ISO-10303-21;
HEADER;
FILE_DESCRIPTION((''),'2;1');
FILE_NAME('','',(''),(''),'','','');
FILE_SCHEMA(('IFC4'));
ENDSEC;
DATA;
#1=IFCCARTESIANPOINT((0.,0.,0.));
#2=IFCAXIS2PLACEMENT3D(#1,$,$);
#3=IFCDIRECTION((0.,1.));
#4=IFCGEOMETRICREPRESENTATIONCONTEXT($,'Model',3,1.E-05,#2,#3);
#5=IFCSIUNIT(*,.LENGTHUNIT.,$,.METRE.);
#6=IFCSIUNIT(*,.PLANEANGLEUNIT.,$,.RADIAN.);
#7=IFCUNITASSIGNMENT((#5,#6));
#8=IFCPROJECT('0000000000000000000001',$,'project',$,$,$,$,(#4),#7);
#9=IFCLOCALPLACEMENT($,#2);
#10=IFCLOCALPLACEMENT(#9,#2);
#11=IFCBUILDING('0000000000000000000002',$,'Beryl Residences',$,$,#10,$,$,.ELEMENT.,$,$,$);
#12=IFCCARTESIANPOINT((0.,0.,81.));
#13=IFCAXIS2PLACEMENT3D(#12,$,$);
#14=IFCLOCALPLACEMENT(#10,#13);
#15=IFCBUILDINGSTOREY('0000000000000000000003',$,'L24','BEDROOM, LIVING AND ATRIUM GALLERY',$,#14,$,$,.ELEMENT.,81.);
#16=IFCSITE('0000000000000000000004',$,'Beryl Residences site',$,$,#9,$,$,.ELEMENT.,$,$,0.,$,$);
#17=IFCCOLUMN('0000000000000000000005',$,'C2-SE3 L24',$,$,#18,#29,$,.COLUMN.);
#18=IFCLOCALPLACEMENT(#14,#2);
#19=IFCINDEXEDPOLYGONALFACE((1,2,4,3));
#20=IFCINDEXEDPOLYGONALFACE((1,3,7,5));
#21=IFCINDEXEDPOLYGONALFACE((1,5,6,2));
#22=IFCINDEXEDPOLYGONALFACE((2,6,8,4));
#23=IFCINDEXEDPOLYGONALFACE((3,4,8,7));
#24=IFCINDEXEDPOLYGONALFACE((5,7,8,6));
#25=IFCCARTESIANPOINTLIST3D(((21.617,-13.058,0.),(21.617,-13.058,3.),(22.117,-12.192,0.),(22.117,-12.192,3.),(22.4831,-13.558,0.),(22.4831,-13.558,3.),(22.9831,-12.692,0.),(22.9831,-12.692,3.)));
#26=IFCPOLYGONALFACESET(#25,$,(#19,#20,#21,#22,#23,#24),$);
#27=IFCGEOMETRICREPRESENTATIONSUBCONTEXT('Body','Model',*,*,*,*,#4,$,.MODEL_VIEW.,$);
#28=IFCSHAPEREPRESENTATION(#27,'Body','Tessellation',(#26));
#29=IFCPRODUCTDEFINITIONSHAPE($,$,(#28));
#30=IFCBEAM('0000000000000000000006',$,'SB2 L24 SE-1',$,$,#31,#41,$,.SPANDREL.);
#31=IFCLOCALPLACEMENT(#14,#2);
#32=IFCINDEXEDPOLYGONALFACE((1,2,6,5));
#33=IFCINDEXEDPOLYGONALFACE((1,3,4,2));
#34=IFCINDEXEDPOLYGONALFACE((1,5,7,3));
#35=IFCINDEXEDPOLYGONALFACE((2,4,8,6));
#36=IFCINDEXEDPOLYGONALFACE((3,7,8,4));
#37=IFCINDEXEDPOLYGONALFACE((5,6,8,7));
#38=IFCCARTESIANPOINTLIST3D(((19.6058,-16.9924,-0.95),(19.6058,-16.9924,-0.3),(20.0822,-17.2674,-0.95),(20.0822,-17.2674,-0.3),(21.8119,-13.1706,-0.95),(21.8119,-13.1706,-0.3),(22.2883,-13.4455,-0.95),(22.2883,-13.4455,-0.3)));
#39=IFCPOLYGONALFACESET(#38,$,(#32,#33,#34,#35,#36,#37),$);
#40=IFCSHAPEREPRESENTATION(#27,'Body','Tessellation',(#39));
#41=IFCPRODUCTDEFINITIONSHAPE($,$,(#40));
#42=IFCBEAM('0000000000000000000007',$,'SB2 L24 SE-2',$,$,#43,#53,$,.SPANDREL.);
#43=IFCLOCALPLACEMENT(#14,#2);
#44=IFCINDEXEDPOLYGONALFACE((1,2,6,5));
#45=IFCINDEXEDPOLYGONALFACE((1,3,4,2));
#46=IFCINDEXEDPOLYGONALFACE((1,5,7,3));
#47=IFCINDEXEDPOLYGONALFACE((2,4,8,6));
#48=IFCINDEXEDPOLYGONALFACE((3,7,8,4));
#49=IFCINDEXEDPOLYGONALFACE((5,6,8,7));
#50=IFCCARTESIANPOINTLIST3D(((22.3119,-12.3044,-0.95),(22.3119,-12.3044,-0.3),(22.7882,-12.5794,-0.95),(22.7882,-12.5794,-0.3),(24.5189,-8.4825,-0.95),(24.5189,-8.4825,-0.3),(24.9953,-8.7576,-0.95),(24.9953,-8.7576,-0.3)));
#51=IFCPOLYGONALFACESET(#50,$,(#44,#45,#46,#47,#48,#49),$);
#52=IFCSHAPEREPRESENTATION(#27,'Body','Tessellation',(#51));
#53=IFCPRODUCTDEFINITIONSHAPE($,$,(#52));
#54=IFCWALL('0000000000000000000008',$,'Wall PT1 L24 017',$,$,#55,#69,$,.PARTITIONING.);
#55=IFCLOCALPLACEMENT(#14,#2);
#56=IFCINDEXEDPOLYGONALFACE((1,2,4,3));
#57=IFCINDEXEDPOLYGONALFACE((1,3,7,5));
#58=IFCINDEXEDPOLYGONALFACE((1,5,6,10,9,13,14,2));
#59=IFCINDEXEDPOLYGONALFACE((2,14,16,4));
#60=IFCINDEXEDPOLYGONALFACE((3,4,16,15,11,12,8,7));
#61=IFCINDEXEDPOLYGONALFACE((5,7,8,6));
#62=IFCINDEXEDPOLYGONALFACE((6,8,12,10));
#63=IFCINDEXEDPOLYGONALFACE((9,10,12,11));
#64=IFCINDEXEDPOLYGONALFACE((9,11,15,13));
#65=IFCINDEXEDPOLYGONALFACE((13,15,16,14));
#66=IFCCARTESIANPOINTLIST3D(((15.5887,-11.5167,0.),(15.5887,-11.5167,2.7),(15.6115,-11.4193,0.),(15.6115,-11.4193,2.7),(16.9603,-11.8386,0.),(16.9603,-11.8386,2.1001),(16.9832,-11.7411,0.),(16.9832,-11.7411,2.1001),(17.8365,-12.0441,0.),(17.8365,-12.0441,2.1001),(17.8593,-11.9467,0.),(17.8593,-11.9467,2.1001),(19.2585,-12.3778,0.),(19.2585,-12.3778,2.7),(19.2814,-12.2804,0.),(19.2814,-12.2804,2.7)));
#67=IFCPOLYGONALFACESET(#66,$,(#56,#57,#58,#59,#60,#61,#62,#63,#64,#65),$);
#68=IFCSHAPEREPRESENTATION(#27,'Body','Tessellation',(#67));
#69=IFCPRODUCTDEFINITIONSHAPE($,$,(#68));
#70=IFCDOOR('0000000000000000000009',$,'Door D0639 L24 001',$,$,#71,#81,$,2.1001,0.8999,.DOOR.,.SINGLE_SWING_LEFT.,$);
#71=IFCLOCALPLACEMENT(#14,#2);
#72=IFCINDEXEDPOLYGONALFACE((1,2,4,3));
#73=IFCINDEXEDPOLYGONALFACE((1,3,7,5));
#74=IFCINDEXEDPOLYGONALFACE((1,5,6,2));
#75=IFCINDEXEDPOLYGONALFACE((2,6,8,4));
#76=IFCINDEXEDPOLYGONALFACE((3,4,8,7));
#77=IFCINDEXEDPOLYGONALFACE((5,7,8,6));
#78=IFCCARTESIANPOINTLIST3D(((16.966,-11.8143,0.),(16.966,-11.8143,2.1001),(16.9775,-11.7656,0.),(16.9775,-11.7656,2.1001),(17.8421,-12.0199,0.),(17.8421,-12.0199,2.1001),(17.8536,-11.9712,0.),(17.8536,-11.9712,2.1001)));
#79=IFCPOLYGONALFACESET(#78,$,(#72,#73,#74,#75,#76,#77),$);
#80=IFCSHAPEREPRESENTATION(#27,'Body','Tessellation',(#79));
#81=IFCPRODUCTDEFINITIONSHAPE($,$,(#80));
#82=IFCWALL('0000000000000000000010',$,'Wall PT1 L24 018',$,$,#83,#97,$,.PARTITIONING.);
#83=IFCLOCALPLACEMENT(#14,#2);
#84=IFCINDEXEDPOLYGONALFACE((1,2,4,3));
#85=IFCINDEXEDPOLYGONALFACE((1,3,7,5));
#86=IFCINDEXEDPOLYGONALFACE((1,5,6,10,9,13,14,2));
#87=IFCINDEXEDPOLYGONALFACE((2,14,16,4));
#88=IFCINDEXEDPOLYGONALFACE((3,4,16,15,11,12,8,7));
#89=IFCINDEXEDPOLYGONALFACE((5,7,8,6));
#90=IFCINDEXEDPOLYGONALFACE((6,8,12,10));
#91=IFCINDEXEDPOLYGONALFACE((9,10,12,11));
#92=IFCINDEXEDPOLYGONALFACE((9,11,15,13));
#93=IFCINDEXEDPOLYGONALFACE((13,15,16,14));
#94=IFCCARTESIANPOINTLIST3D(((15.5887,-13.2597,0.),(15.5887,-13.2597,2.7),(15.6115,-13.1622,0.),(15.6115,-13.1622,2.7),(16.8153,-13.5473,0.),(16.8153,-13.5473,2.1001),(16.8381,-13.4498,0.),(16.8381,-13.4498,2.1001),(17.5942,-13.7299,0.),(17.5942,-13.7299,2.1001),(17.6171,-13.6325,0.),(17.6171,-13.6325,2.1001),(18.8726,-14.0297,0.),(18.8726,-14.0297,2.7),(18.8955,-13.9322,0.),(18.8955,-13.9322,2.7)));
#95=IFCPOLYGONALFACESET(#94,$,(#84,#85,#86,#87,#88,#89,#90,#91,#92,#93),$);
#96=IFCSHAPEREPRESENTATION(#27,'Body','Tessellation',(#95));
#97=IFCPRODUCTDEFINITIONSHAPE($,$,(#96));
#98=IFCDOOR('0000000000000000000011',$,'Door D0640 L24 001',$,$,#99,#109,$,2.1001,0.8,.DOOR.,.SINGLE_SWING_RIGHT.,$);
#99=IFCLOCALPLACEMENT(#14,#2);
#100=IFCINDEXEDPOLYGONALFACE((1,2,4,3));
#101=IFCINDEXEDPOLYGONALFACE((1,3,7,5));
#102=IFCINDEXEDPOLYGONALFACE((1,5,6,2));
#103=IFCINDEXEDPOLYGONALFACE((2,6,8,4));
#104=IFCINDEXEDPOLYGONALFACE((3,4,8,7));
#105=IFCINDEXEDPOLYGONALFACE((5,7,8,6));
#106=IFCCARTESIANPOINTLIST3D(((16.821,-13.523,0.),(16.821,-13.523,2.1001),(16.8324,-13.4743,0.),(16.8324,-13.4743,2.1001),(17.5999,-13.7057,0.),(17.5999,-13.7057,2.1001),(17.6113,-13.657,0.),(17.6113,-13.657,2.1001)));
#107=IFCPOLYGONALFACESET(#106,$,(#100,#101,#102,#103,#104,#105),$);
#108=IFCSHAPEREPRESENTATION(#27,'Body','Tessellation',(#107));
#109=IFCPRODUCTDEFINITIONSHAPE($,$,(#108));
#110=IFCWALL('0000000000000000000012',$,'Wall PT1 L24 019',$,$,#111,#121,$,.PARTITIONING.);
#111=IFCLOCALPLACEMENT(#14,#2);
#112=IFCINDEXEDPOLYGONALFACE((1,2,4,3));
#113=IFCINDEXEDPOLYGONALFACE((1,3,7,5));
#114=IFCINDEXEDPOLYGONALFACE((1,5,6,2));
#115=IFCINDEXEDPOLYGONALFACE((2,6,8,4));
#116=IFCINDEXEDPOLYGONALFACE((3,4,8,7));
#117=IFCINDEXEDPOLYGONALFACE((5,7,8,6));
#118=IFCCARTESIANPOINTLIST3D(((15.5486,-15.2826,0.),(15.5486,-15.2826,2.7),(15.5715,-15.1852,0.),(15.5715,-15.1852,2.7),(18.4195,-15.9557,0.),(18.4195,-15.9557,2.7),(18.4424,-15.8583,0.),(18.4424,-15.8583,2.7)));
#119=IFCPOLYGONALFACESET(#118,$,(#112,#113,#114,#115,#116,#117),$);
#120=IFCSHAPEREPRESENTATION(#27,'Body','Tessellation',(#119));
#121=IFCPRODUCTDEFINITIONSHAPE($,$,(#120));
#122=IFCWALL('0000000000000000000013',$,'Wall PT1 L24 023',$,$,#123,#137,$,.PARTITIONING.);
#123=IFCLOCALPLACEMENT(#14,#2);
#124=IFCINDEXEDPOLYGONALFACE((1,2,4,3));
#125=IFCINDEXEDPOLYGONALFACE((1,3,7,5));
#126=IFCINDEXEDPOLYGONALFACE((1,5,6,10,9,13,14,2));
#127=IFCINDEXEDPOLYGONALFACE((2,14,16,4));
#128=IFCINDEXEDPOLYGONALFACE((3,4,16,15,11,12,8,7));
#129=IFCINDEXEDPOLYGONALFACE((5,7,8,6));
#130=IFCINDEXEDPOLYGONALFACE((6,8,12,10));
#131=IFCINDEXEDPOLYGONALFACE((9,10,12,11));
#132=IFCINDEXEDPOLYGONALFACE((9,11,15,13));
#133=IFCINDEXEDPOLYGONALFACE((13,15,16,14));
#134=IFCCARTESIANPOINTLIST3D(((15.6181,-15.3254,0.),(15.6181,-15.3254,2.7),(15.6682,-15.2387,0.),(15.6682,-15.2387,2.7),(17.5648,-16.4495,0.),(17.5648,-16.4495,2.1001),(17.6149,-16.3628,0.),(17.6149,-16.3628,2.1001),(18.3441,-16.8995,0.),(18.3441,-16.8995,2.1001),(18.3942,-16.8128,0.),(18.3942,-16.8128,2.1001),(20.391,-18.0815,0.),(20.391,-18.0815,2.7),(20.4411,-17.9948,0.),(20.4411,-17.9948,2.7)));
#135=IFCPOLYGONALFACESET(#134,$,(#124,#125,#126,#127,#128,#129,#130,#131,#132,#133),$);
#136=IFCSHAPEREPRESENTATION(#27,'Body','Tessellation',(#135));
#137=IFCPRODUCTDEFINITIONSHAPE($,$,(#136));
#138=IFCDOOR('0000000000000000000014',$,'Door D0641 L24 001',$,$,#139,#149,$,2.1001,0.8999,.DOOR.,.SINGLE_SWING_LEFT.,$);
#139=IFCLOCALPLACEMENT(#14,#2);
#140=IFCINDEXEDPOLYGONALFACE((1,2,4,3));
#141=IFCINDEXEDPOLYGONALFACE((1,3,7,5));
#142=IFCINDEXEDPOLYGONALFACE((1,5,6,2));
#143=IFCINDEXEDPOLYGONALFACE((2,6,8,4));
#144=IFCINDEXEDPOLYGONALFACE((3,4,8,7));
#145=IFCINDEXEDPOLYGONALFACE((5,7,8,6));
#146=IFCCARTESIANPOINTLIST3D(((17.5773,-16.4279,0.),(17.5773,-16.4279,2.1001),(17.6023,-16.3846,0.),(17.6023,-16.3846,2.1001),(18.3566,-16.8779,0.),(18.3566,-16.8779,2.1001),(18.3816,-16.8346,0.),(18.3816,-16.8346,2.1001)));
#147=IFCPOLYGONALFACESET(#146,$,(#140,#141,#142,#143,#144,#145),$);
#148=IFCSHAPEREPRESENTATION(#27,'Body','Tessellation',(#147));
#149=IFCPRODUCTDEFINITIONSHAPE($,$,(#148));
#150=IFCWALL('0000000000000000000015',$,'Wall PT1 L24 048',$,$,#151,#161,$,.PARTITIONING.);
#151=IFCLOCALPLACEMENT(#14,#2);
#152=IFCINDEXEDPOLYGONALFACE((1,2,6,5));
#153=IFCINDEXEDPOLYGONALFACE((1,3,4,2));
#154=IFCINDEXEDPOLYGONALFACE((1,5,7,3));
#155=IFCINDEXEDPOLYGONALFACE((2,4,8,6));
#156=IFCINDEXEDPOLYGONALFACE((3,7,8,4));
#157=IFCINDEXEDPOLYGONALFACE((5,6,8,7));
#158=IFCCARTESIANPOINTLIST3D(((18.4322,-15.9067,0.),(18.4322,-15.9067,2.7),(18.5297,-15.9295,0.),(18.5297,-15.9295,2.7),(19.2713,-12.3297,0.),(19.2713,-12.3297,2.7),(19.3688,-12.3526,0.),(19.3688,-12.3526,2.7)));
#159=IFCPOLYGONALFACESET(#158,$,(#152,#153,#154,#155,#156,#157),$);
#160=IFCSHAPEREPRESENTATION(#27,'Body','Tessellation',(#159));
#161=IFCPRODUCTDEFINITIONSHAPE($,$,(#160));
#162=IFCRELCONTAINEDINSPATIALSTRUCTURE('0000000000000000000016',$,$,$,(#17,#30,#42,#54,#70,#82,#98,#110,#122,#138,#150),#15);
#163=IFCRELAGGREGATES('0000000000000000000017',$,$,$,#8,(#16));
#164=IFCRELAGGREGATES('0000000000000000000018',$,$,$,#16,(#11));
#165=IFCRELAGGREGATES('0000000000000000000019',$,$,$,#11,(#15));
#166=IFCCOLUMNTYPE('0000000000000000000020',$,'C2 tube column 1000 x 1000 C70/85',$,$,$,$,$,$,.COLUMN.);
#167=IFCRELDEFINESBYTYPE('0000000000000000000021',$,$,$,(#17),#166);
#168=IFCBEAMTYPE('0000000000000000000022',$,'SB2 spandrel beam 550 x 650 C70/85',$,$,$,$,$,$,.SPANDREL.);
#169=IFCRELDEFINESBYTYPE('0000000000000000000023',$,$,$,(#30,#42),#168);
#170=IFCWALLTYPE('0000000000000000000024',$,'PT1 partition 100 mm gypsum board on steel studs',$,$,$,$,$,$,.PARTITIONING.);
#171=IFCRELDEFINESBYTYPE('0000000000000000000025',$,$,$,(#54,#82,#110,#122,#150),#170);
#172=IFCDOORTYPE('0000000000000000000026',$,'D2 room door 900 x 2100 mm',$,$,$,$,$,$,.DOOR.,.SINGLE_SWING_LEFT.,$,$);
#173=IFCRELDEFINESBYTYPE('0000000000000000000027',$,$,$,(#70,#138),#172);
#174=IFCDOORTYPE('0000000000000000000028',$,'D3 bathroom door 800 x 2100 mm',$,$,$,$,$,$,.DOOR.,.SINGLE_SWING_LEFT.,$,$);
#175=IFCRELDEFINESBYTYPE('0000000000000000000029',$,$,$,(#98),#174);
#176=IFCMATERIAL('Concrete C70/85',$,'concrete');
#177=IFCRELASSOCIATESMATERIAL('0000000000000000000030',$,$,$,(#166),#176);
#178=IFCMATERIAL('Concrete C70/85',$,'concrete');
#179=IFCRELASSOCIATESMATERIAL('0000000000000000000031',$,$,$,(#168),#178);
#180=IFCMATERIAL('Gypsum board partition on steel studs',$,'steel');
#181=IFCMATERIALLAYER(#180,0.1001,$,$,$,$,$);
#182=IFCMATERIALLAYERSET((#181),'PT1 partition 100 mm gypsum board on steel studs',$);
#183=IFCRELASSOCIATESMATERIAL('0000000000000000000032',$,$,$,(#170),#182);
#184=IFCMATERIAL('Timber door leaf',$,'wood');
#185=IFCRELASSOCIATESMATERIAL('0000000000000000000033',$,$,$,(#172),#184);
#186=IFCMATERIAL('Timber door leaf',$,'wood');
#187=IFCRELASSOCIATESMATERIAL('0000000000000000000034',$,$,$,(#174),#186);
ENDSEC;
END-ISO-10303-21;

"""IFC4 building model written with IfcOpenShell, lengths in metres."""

from ifc_helpers import new_model, si_unit, direction, frame, frame_2d, origin, origin_2d, place, context, subcontext, project, spatial, rectangle, extrude, material, layer, layer_set, material_profile, profile_set, type_object, element, fill, save


model = new_model("IFC4")

# Units and contexts
model_context = context("Model", 3, precision=1e-05, world=origin(), true_north=direction((0.0, 1.0)))
body_context = subcontext(model_context, "Body", "Model", "MODEL_VIEW")
ifc_project = project(units=[si_unit("LENGTHUNIT", "METRE"), si_unit("PLANEANGLEUNIT", "RADIAN")], contexts=[model_context])

# Site, building, storey
site_placement = place(None, origin())
site = spatial("IfcSite", under=ifc_project, at=site_placement, Name="Beryl Residences site", CompositionType="ELEMENT", RefElevation=0.0)
building_placement = place(site_placement, origin())
building = spatial("IfcBuilding", under=site, at=building_placement, Name="Beryl Residences", CompositionType="ELEMENT")
storey_placement = place(building_placement, frame((0.0, 0.0, 81.0)))
storey = spatial("IfcBuildingStorey", under=building, at=storey_placement, Name="L24", Description="BEDROOM, LIVING AND ATRIUM GALLERY", CompositionType="ELEMENT", Elevation=81.0)

# Column
ifc_material_1 = material(Name="Concrete C70/85", Category="concrete")
ifc_material_profile_1 = material_profile(ifc_material_1, rectangle(XDim=1.0, YDim=1.0, at=origin_2d()))
ifc_profile_set_1 = profile_set([ifc_material_profile_1], Name="Concrete C70/85")
column_type = type_object("IfcColumnType", Name="C2 tube column 1000 x 1000 C70/85", PredefinedType="COLUMN", material=ifc_profile_set_1)
column_placement = place(storey_placement, frame((22.3, -12.875, 0.0), z_axis=(0.0, 0.0, 1.0), x_axis=(0.5, 0.866025, 0.0)))
element("IfcColumn", 1, at=column_placement, inside=storey, type_object=column_type, Name="C2-SE3 L24", PredefinedType="COLUMN", context=body_context, shape_type="SweptSolid", body=[
    extrude(rectangle(XDim=1.0, YDim=1.0, at=origin_2d()), origin(), (0.0, 0.0, 1.0), 3.0),
])

# Beams
ifc_material_2 = material(Name="Concrete C70/85", Category="concrete")
ifc_material_profile_2 = material_profile(ifc_material_2, rectangle(XDim=0.55, YDim=0.6499, at=origin_2d()))
ifc_profile_set_2 = profile_set([ifc_material_profile_2], Name="Concrete C70/85")
beam_type = type_object("IfcBeamType", Name="SB2 spandrel beam 550 x 650 C70/85", PredefinedType="SPANDREL", material=ifc_profile_set_2)
beam_1_placement = place(storey_placement, frame((19.844, -17.1299, -0.625), z_axis=(0.499924, 0.86607, 0.0), x_axis=(-0.86607, 0.499924, 0.0)))
element("IfcBeam", 2, at=beam_1_placement, inside=storey, type_object=beam_type, Name="SB2 L24 SE-1", PredefinedType="SPANDREL", context=body_context, shape_type="SweptSolid", body=[
    extrude(rectangle(XDim=0.55, YDim=0.6499, at=origin_2d()), origin(), (0.0, 0.0, 1.0), 4.4128),
])
beam_2_placement = place(storey_placement, frame((22.55, -12.4419, -0.625), z_axis=(0.50009, 0.865974, 0.0), x_axis=(-0.865974, 0.50009, 0.0)))
element("IfcBeam", 3, at=beam_2_placement, inside=storey, type_object=beam_type, Name="SB2 L24 SE-2", PredefinedType="SPANDREL", context=body_context, shape_type="SweptSolid", body=[
    extrude(rectangle(XDim=0.55, YDim=0.6499, at=origin_2d()), origin(), (0.0, 0.0, 1.0), 4.4133),
])

# Walls, openings, doors
ifc_material_3 = material(Name="Gypsum board partition on steel studs", Category="steel")
ifc_layer = layer(ifc_material_3, 0.1001)
ifc_layer_set = layer_set([ifc_layer], Name="PT1 partition 100 mm gypsum board on steel studs")
wall_type = type_object("IfcWallType", Name="PT1 partition 100 mm gypsum board on steel studs", PredefinedType="PARTITIONING", material=ifc_layer_set)
wall_1_placement = place(storey_placement, frame((15.6001, -11.468, 0.0), z_axis=(0.0, 0.0, 1.0), x_axis=(0.973561, -0.228429, 0.0)))
wall_1 = element("IfcWall", 4, at=wall_1_placement, inside=storey, type_object=wall_type, Name="Wall PT1 L24 017", PredefinedType="PARTITIONING", context=body_context, shape_type="SweptSolid", body=[
    extrude(rectangle(XDim=3.7695, YDim=0.1001, at=frame_2d((1.8848, 0.0))), origin(), (0.0, 0.0, 1.0), 2.7),
])
opening_1_placement = place(wall_1_placement, frame((1.4089, 0.0, 0.0)))
opening_1 = element("IfcOpeningElement", 5, at=opening_1_placement, cuts=wall_1, PredefinedType="OPENING", context=body_context, shape_type="SweptSolid", body=[
    extrude(rectangle(XDim=0.8999, YDim=2.1001, at=frame_2d((0.45, 1.05))), frame((0.0, 0.0601, 0.0), z_axis=(0.0, -1.0, 0.0), x_axis=(1.0, 0.0, 0.0)), (0.0, 0.0, 1.0), 0.1201),
])
ifc_material_4 = material(Name="Timber door leaf", Category="wood")
door_type_1 = type_object("IfcDoorType", Name="D2 room door 900 x 2100 mm", OperationType="SINGLE_SWING_LEFT", PredefinedType="DOOR", material=ifc_material_4)
door_1_placement = place(opening_1_placement, origin())
door_1 = element("IfcDoor", 6, at=door_1_placement, inside=storey, type_object=door_type_1, Name="Door D0639 L24 001", OperationType="SINGLE_SWING_LEFT", OverallHeight=2.1001, OverallWidth=0.8999, PredefinedType="DOOR", context=body_context, shape_type="SweptSolid", body=[
    extrude(rectangle(XDim=0.8999, YDim=2.1001, at=frame_2d((0.45, 1.05))), frame((0.0, 0.0249, 0.0), z_axis=(0.0, -1.0, 0.0), x_axis=(1.0, 0.0, 0.0)), (0.0, 0.0, 1.0), 0.05),
])
fill(opening_1, door_1)
wall_2_placement = place(storey_placement, frame((15.6001, -13.2109, 0.0), z_axis=(0.0, 0.0, 1.0), x_axis=(0.973593, -0.228289, 0.0)))
wall_2 = element("IfcWall", 7, at=wall_2_placement, inside=storey, type_object=wall_type, Name="Wall PT1 L24 018", PredefinedType="PARTITIONING", context=body_context, shape_type="SweptSolid", body=[
    extrude(rectangle(XDim=3.373, YDim=0.1001, at=frame_2d((1.6865, 0.0))), origin(), (0.0, 0.0, 1.0), 2.7),
])
opening_2_placement = place(wall_2_placement, frame((1.26, 0.0, 0.0)))
opening_2 = element("IfcOpeningElement", 8, at=opening_2_placement, cuts=wall_2, PredefinedType="OPENING", context=body_context, shape_type="SweptSolid", body=[
    extrude(rectangle(XDim=0.8, YDim=2.1001, at=frame_2d((0.3999, 1.05))), frame((0.0, 0.0601, 0.0), z_axis=(0.0, -1.0, 0.0), x_axis=(1.0, 0.0, 0.0)), (0.0, 0.0, 1.0), 0.1201),
])
ifc_material_5 = material(Name="Timber door leaf", Category="wood")
door_type_2 = type_object("IfcDoorType", Name="D3 bathroom door 800 x 2100 mm", OperationType="SINGLE_SWING_LEFT", PredefinedType="DOOR", material=ifc_material_5)
door_2_placement = place(opening_2_placement, origin())
door_2 = element("IfcDoor", 9, at=door_2_placement, inside=storey, type_object=door_type_2, Name="Door D0640 L24 001", OperationType="SINGLE_SWING_RIGHT", OverallHeight=2.1001, OverallWidth=0.8, PredefinedType="DOOR", context=body_context, shape_type="SweptSolid", body=[
    extrude(rectangle(XDim=0.8, YDim=2.1001, at=frame_2d((0.3999, 1.05))), frame((0.0, 0.0249, 0.0), z_axis=(0.0, -1.0, 0.0), x_axis=(1.0, 0.0, 0.0)), (0.0, 0.0, 1.0), 0.05),
])
fill(opening_2, door_2)

# Wall
wall_3_placement = place(storey_placement, frame((15.5601, -15.2339, 0.0), z_axis=(0.0, 0.0, 1.0), x_axis=(0.973598, -0.228269, 0.0)))
element("IfcWall", 10, at=wall_3_placement, inside=storey, type_object=wall_type, Name="Wall PT1 L24 019", PredefinedType="PARTITIONING", context=body_context, shape_type="SweptSolid", body=[
    extrude(rectangle(XDim=2.9487, YDim=0.1001, at=frame_2d((1.4744, 0.0))), origin(), (0.0, 0.0, 1.0), 2.7),
])

# Wall, opening, door
wall_4_placement = place(storey_placement, frame((15.6431, -15.282, 0.0), z_axis=(0.0, 0.0, 1.0), x_axis=(0.865991, -0.50006, 0.0)))
wall_4 = element("IfcWall", 11, at=wall_4_placement, inside=storey, type_object=wall_type, Name="Wall PT1 L24 023", PredefinedType="PARTITIONING", context=body_context, shape_type="SweptSolid", body=[
    extrude(rectangle(XDim=5.5115, YDim=0.1001, at=frame_2d((2.7559, 0.0))), origin(), (0.0, 0.0, 1.0), 2.7),
])
opening_3_placement = place(wall_4_placement, frame((2.248, 0.0, 0.0)))
opening_3 = element("IfcOpeningElement", 12, at=opening_3_placement, cuts=wall_4, PredefinedType="OPENING", context=body_context, shape_type="SweptSolid", body=[
    extrude(rectangle(XDim=0.8999, YDim=2.1001, at=frame_2d((0.45, 1.05))), frame((0.0, 0.0601, 0.0), z_axis=(0.0, -1.0, 0.0), x_axis=(1.0, 0.0, 0.0)), (0.0, 0.0, 1.0), 0.1201),
])
door_3_placement = place(opening_3_placement, origin())
door_3 = element("IfcDoor", 13, at=door_3_placement, inside=storey, type_object=door_type_1, Name="Door D0641 L24 001", OperationType="SINGLE_SWING_LEFT", OverallHeight=2.1001, OverallWidth=0.8999, PredefinedType="DOOR", context=body_context, shape_type="SweptSolid", body=[
    extrude(rectangle(XDim=0.8999, YDim=2.1001, at=frame_2d((0.45, 1.05))), frame((0.0, 0.0249, 0.0), z_axis=(0.0, -1.0, 0.0), x_axis=(1.0, 0.0, 0.0)), (0.0, 0.0, 1.0), 0.05),
])
fill(opening_3, door_3)

# Wall
wall_5_placement = place(storey_placement, frame((18.481, -15.918, 0.0), z_axis=(0.0, 0.0, 1.0), x_axis=(0.228391, 0.973569, 0.0)))
element("IfcWall", 14, at=wall_5_placement, inside=storey, type_object=wall_type, Name="Wall PT1 L24 048", PredefinedType="PARTITIONING", context=body_context, shape_type="SweptSolid", body=[
    extrude(rectangle(XDim=3.6741, YDim=0.1001, at=frame_2d((1.8369, 0.0))), origin(), (0.0, 0.0, 1.0), 2.7),
])

save(model, "model.ifc")
